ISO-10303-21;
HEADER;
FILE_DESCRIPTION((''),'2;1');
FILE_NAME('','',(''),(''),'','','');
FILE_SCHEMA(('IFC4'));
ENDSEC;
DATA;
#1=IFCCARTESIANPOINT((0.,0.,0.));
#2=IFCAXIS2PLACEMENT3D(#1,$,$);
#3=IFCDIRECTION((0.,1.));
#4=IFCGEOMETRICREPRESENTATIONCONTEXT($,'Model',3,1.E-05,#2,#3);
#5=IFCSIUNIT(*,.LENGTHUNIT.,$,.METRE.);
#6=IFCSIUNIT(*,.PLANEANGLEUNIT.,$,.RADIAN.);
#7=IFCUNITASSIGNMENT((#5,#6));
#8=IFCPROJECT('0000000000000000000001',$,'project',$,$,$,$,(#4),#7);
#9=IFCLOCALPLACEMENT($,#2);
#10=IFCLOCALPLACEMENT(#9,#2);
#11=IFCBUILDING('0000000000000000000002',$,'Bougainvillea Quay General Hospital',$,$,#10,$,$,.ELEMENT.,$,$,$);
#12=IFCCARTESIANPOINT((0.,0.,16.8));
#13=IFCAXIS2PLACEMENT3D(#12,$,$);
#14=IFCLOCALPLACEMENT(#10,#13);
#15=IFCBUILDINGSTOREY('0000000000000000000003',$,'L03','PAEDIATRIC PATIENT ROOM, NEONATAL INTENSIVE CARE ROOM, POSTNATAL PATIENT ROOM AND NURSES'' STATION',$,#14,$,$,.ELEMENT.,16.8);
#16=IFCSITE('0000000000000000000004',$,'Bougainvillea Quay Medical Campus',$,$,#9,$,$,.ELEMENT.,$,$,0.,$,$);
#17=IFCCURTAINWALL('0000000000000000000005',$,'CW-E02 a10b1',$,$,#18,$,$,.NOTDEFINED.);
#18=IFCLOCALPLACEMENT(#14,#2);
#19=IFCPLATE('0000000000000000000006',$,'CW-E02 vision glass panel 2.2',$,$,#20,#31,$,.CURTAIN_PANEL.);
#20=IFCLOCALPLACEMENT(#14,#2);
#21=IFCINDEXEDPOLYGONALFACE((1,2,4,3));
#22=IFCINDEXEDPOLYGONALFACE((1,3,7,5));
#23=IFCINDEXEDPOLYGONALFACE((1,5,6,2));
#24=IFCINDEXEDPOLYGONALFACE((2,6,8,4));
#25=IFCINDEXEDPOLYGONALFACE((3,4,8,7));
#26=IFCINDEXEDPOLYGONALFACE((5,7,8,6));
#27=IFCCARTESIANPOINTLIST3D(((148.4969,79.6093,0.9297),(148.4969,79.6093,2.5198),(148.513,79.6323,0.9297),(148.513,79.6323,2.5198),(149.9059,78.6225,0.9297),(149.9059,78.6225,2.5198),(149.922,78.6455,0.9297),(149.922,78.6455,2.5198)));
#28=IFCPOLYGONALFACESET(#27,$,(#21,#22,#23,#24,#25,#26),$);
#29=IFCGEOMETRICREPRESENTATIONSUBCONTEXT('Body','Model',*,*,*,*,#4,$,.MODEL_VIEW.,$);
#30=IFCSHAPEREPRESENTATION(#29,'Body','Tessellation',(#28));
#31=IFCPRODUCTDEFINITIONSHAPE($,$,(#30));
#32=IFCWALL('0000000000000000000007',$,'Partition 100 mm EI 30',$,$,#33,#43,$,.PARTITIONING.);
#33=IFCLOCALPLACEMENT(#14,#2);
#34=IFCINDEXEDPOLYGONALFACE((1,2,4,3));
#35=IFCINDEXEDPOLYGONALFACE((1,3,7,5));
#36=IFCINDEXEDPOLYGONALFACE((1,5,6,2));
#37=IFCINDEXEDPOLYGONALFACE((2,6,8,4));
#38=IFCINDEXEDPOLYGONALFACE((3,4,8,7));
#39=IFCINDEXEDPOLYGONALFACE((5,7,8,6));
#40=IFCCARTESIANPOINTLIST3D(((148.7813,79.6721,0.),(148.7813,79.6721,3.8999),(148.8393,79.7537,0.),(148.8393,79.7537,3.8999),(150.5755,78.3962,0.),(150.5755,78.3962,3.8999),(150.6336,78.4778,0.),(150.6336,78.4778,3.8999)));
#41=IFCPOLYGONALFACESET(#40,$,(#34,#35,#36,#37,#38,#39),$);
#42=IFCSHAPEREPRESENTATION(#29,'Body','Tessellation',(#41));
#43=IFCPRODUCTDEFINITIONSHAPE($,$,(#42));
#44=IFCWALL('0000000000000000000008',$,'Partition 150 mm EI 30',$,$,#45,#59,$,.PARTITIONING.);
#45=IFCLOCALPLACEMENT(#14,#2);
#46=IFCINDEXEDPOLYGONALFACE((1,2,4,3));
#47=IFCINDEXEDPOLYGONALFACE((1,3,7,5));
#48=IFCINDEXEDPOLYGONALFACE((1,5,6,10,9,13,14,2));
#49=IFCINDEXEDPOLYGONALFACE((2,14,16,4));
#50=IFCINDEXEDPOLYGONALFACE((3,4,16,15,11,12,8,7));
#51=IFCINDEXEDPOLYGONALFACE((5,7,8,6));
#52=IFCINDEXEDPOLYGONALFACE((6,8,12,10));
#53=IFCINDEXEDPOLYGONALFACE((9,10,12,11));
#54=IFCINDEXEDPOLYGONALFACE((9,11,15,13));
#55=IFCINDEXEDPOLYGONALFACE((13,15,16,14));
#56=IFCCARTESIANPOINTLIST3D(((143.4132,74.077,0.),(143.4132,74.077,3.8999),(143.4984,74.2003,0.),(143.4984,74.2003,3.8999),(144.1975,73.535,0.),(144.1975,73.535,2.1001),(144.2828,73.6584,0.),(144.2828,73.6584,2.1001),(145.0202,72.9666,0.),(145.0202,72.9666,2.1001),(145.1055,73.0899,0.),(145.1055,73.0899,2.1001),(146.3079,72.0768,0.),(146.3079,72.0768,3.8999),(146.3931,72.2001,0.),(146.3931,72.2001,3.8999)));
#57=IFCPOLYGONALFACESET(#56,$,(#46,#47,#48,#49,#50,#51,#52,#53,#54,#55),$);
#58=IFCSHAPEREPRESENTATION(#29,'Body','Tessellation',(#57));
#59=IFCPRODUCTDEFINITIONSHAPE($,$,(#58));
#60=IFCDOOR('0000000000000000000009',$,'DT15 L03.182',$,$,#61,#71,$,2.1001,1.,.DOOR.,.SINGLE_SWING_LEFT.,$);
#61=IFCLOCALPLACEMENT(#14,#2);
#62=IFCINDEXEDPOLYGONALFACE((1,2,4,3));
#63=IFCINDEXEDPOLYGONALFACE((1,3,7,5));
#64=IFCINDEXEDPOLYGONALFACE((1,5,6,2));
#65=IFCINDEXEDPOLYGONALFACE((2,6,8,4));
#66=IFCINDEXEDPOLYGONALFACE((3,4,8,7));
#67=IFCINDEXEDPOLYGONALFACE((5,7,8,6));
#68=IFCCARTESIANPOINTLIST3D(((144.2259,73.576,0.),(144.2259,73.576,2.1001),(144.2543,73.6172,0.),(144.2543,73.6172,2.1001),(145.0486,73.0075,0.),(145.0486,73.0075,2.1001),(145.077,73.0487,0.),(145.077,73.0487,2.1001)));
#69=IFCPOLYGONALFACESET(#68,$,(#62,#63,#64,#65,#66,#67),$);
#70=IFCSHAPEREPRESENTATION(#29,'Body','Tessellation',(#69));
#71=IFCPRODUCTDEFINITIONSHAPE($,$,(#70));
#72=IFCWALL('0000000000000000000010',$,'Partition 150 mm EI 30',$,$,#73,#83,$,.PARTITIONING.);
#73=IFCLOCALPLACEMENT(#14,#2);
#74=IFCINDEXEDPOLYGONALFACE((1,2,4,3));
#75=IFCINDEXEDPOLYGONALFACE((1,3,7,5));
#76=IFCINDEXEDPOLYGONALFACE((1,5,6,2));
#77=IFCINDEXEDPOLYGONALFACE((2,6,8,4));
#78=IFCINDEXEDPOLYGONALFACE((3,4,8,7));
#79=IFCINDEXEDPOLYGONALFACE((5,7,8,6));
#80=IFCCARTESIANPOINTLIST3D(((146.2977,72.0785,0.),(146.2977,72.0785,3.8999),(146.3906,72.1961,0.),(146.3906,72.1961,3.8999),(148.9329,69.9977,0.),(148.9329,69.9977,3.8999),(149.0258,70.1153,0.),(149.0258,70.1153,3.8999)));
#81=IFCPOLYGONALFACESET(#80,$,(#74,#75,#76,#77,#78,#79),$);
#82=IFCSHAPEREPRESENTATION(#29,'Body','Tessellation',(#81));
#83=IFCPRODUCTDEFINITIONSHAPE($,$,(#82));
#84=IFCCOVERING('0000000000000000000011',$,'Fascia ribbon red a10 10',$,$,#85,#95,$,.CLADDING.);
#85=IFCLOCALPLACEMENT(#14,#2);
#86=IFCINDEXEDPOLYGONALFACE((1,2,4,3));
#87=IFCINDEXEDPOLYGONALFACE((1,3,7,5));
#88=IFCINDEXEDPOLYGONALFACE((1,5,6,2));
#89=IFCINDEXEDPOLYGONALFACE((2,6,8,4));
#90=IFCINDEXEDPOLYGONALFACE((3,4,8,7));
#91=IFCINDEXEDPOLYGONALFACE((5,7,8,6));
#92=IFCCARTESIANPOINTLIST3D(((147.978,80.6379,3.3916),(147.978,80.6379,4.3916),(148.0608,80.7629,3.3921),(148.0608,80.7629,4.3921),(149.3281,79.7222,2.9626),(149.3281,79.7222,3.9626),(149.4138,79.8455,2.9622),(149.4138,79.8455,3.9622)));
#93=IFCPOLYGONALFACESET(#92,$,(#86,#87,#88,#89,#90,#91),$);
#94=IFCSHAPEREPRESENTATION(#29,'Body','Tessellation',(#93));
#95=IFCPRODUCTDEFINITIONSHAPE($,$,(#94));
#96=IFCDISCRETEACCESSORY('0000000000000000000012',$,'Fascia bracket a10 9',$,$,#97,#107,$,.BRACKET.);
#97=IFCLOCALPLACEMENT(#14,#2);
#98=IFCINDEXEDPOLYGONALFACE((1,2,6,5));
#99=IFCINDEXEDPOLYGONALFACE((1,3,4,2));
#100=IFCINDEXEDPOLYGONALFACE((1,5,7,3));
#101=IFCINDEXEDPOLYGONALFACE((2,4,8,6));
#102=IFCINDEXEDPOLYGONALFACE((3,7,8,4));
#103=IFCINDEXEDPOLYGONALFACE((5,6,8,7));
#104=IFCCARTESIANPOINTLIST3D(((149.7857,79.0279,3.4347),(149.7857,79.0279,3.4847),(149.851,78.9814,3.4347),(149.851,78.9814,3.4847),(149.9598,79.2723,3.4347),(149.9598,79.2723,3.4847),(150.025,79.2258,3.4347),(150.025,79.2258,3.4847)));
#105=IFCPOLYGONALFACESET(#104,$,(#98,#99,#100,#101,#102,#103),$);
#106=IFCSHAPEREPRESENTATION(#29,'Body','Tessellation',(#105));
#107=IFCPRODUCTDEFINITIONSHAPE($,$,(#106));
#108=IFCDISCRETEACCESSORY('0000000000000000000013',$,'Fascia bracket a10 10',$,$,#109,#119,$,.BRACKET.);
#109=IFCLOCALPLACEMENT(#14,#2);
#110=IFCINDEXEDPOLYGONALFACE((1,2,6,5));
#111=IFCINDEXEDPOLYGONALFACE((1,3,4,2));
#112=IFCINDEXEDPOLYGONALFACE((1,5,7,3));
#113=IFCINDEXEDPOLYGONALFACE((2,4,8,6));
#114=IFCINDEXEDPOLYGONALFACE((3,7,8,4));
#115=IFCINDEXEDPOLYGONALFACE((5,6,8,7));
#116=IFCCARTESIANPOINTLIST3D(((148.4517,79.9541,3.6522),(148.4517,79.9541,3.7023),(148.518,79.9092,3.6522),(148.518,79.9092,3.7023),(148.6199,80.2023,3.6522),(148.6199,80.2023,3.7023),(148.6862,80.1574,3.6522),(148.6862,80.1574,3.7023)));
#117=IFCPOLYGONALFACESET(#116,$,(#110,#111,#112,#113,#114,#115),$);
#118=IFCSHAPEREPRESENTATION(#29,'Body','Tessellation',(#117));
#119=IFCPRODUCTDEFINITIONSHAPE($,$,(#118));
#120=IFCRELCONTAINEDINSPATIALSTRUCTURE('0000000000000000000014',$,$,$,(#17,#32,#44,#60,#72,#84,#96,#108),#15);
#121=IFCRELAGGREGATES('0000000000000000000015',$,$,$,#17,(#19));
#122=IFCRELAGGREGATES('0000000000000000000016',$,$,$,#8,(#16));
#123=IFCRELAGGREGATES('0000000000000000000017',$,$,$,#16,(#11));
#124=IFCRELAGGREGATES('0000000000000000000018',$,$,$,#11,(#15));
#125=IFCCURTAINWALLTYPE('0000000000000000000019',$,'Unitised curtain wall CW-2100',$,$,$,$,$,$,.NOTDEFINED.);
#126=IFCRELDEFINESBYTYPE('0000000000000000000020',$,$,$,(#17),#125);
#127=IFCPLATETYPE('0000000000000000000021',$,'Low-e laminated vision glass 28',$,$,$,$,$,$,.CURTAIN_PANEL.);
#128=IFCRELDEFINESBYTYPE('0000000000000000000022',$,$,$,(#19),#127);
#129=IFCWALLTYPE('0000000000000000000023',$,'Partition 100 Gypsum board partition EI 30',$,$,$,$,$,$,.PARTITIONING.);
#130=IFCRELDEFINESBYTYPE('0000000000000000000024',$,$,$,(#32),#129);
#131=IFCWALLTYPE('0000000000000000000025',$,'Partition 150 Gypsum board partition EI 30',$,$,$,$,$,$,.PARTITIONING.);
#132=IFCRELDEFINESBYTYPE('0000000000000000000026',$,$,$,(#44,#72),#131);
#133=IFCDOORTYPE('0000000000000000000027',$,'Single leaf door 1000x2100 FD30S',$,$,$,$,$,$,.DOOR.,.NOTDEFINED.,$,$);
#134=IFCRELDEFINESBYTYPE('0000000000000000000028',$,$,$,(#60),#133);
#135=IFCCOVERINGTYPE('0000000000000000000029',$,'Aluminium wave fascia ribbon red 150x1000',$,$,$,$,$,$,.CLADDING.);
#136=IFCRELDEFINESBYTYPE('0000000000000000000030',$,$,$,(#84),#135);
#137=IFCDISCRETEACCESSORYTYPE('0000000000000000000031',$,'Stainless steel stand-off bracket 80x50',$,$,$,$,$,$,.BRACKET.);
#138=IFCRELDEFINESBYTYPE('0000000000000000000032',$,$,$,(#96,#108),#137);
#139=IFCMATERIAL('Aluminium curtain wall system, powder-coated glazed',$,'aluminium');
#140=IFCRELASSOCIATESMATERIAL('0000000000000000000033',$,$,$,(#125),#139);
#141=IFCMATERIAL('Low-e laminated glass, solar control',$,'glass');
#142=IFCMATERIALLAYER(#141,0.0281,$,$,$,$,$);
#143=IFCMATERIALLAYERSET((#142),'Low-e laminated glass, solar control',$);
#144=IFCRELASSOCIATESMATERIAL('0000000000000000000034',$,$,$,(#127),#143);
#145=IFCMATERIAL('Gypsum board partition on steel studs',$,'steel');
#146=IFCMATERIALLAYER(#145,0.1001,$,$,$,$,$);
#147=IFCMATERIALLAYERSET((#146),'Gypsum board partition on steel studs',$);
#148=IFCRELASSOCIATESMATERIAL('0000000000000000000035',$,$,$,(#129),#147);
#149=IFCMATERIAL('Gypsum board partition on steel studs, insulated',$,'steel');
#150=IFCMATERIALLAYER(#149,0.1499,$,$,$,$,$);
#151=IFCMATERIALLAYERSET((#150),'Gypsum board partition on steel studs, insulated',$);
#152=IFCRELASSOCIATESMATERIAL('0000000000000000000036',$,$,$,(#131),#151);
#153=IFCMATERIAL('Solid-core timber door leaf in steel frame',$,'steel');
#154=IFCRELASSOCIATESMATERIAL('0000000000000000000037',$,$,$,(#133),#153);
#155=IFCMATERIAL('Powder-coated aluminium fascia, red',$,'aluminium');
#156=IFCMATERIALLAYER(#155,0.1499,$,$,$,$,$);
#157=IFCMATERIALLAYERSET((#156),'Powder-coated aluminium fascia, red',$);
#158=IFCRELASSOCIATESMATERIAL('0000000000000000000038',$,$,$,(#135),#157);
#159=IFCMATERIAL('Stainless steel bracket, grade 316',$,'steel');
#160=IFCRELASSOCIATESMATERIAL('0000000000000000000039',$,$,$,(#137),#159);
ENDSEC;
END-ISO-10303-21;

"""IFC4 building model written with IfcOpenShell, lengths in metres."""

from ifc_helpers import new_model, si_unit, direction, frame, frame_2d, origin, origin_2d, place, context, subcontext, project, spatial, polyline, rectangle, outline, extrude, material, layer, layer_set, material_profile, profile_set, type_object, element, fill, aggregate, save


model = new_model("IFC4")

# Units and contexts
model_context = context("Model", 3, precision=1e-05, world=origin(), true_north=direction((0.0, 1.0)))
body_context = subcontext(model_context, "Body", "Model", "MODEL_VIEW")
ifc_project = project(units=[si_unit("LENGTHUNIT", "METRE"), si_unit("PLANEANGLEUNIT", "RADIAN")], contexts=[model_context])

# Site, building, storey
site_placement = place(None, origin())
site = spatial("IfcSite", under=ifc_project, at=site_placement, Name="Bougainvillea Quay Medical Campus", CompositionType="ELEMENT", RefElevation=0.0)
building_placement = place(site_placement, origin())
building = spatial("IfcBuilding", under=site, at=building_placement, Name="Bougainvillea Quay General Hospital", CompositionType="ELEMENT")
storey_placement = place(building_placement, frame((0.0, 0.0, 16.8)))
storey = spatial("IfcBuildingStorey", under=building, at=storey_placement, Name="L03", Description="PAEDIATRIC PATIENT ROOM, NEONATAL INTENSIVE CARE ROOM, POSTNATAL PATIENT ROOM AND NURSES' STATION", CompositionType="ELEMENT", Elevation=16.8)

# Curtain wall, plate
ifc_material_1 = material(Name="Aluminium curtain wall system, powder-coated glazed", Category="aluminium")
curtain_wall_type = type_object("IfcCurtainWallType", Name="Unitised curtain wall CW-2100", PredefinedType="NOTDEFINED", material=ifc_material_1)
curtain_wall_placement = place(storey_placement, origin())
curtain_wall = element("IfcCurtainWall", 1, at=curtain_wall_placement, inside=storey, type_object=curtain_wall_type, Name="CW-E02 a10b1", PredefinedType="NOTDEFINED")
ifc_material_2 = material(Name="Low-e laminated glass, solar control", Category="glass")
ifc_layer_1 = layer(ifc_material_2, 0.0281)
ifc_layer_set_1 = layer_set([ifc_layer_1], Name="Low-e laminated glass, solar control")
plate_type_1 = type_object("IfcPlateType", Name="Low-e laminated vision glass 28", PredefinedType="CURTAIN_PANEL", material=ifc_layer_set_1)
plate_1_placement = place(storey_placement, frame((149.2095, 79.1274, 0.9297), z_axis=(0.0, 0.0, 1.0), x_axis=(0.819096, -0.573656, 0.0)))
plate_1 = element("IfcPlate", 2, at=plate_1_placement, type_object=plate_type_1, Name="CW-E02 vision glass panel 2.2", PredefinedType="CURTAIN_PANEL", context=body_context, shape_type="SweptSolid", body=[
    extrude(rectangle(XDim=1.7202, YDim=0.0281, at=origin_2d()), origin(), (0.0, 0.0, 1.0), 1.5901),
])
aggregate(curtain_wall, [plate_1])

# Wall
ifc_material_3 = material(Name="Gypsum board partition on steel studs", Category="steel")
ifc_layer_2 = layer(ifc_material_3, 0.1001)
ifc_layer_set_2 = layer_set([ifc_layer_2], Name="Gypsum board partition on steel studs")
wall_type_1 = type_object("IfcWallType", Name="Partition 100 Gypsum board partition EI 30", PredefinedType="PARTITIONING", material=ifc_layer_set_2)
wall_1_placement = place(storey_placement, frame((148.8103, 79.7129, 0.0), z_axis=(0.0, 0.0, 1.0), x_axis=(0.814953, -0.579527, 0.0)))
element("IfcWall", 3, at=wall_1_placement, inside=storey, type_object=wall_type_1, Name="Partition 100 mm EI 30", PredefinedType="PARTITIONING", context=body_context, shape_type="SweptSolid", body=[
    extrude(rectangle(XDim=2.2017, YDim=0.1001, at=frame_2d((1.1008, 0.0))), origin(), (0.0, 0.0, 1.0), 3.8999),
])

# Wall, opening, door
ifc_material_4 = material(Name="Gypsum board partition on steel studs, insulated", Category="steel")
ifc_layer_3 = layer(ifc_material_4, 0.1499)
ifc_layer_set_3 = layer_set([ifc_layer_3], Name="Gypsum board partition on steel studs, insulated")
wall_type_2 = type_object("IfcWallType", Name="Partition 150 Gypsum board partition EI 30", PredefinedType="PARTITIONING", material=ifc_layer_set_3)
wall_2_placement = place(storey_placement, frame((143.4558, 74.1387, 0.0), z_axis=(0.0, 0.0, 1.0), x_axis=(0.822701, -0.568474, 0.0)))
wall_2 = element("IfcWall", 4, at=wall_2_placement, inside=storey, type_object=wall_type_2, Name="Partition 150 mm EI 30", PredefinedType="PARTITIONING", context=body_context, shape_type="SweptSolid", body=[
    extrude(rectangle(XDim=3.5186, YDim=0.1499, at=frame_2d((1.7593, 0.0))), origin(), (0.0, 0.0, 1.0), 3.8999),
])
opening_placement = place(wall_2_placement, frame((0.9534, 0.0, 0.0)))
opening = element("IfcOpeningElement", 5, at=opening_placement, cuts=wall_2, PredefinedType="OPENING", context=body_context, shape_type="SweptSolid", body=[
    extrude(rectangle(XDim=1.0, YDim=2.1001, at=frame_2d((0.5, 1.05))), frame((0.0, 0.085, 0.0), z_axis=(0.0, -1.0, 0.0), x_axis=(1.0, 0.0, 0.0)), (0.0, 0.0, 1.0), 0.1699),
])
ifc_material_5 = material(Name="Solid-core timber door leaf in steel frame", Category="steel")
door_type = type_object("IfcDoorType", Name="Single leaf door 1000x2100 FD30S", OperationType="NOTDEFINED", PredefinedType="DOOR", material=ifc_material_5)
door_placement = place(opening_placement, origin())
door = element("IfcDoor", 6, at=door_placement, inside=storey, type_object=door_type, Name="DT15 L03.182", OperationType="SINGLE_SWING_LEFT", OverallHeight=2.1001, OverallWidth=1.0, PredefinedType="DOOR", context=body_context, shape_type="SweptSolid", body=[
    extrude(rectangle(XDim=1.0, YDim=2.1001, at=frame_2d((0.5, 1.05))), frame((0.0, 0.0249, 0.0), z_axis=(0.0, -1.0, 0.0), x_axis=(1.0, 0.0, 0.0)), (0.0, 0.0, 1.0), 0.05),
])
fill(opening, door)

# Wall
wall_3_placement = place(storey_placement, frame((146.3442, 72.1372, 0.0), z_axis=(0.0, 0.0, 1.0), x_axis=(0.784833, -0.619708, 0.0)))
element("IfcWall", 7, at=wall_3_placement, inside=storey, type_object=wall_type_2, Name="Partition 150 mm EI 30", PredefinedType="PARTITIONING", context=body_context, shape_type="SweptSolid", body=[
    extrude(rectangle(XDim=3.3577, YDim=0.1499, at=frame_2d((1.6787, 0.0))), origin(), (0.0, 0.0, 1.0), 3.8999),
])

# Covering
ifc_material_6 = material(Name="Powder-coated aluminium fascia, red", Category="aluminium")
ifc_layer_4 = layer(ifc_material_6, 0.1499)
ifc_layer_set_4 = layer_set([ifc_layer_4], Name="Powder-coated aluminium fascia, red")
covering_type = type_object("IfcCoveringType", Name="Aluminium wave fascia ribbon red 150x1000", PredefinedType="CLADDING", material=ifc_layer_set_4)
covering_placement = place(storey_placement, frame((149.3281, 79.7222, 2.9626), z_axis=(0.210454, -0.142786, 0.96712), x_axis=(-0.800369, 0.542891, 0.25432)))
element("IfcCovering", 8, at=covering_placement, inside=storey, type_object=covering_type, Name="Fascia ribbon red a10 10", PredefinedType="CLADDING", context=body_context, shape_type="SweptSolid", body=[
    extrude(outline(polyline([(0.0, 0.0), (1.6868, 0.0), (1.6886, -0.1499), (-0.0018, -0.1501), (0.0, 0.0)])), origin(), (0.25432, -0.000028, 0.96712), 1.0),
])

# Discrete accessories
ifc_material_7 = material(Name="Stainless steel bracket, grade 316", Category="steel")
ifc_material_profile_1 = material_profile(ifc_material_7, rectangle(XDim=0.0801, YDim=0.05, at=origin_2d()))
ifc_profile_set_1 = profile_set([ifc_material_profile_1], Name="Stainless steel bracket, grade 316")
discrete_accessory_type = type_object("IfcDiscreteAccessoryType", Name="Stainless steel stand-off bracket 80x50", PredefinedType="BRACKET", material=ifc_profile_set_1)
discrete_accessory_1_placement = place(storey_placement, frame((149.8184, 79.0046, 3.4597), z_axis=(0.58016, 0.814502, 0.0), x_axis=(-0.814502, 0.58016, 0.0)))
element("IfcDiscreteAccessory", 9, at=discrete_accessory_1_placement, inside=storey, type_object=discrete_accessory_type, Name="Fascia bracket a10 9", PredefinedType="BRACKET", context=body_context, shape_type="SweptSolid", body=[
    extrude(rectangle(XDim=0.0801, YDim=0.05, at=origin_2d()), origin(), (0.0, 0.0, 1.0), 0.3),
])
discrete_accessory_2_placement = place(storey_placement, frame((148.4849, 79.9316, 3.6772), z_axis=(0.560884, 0.827894, 0.0), x_axis=(-0.827894, 0.560884, 0.0)))
element("IfcDiscreteAccessory", 10, at=discrete_accessory_2_placement, inside=storey, type_object=discrete_accessory_type, Name="Fascia bracket a10 10", PredefinedType="BRACKET", context=body_context, shape_type="SweptSolid", body=[
    extrude(rectangle(XDim=0.0801, YDim=0.05, at=origin_2d()), origin(), (0.0, 0.0, 1.0), 0.2998),
])

save(model, "model.ifc")
